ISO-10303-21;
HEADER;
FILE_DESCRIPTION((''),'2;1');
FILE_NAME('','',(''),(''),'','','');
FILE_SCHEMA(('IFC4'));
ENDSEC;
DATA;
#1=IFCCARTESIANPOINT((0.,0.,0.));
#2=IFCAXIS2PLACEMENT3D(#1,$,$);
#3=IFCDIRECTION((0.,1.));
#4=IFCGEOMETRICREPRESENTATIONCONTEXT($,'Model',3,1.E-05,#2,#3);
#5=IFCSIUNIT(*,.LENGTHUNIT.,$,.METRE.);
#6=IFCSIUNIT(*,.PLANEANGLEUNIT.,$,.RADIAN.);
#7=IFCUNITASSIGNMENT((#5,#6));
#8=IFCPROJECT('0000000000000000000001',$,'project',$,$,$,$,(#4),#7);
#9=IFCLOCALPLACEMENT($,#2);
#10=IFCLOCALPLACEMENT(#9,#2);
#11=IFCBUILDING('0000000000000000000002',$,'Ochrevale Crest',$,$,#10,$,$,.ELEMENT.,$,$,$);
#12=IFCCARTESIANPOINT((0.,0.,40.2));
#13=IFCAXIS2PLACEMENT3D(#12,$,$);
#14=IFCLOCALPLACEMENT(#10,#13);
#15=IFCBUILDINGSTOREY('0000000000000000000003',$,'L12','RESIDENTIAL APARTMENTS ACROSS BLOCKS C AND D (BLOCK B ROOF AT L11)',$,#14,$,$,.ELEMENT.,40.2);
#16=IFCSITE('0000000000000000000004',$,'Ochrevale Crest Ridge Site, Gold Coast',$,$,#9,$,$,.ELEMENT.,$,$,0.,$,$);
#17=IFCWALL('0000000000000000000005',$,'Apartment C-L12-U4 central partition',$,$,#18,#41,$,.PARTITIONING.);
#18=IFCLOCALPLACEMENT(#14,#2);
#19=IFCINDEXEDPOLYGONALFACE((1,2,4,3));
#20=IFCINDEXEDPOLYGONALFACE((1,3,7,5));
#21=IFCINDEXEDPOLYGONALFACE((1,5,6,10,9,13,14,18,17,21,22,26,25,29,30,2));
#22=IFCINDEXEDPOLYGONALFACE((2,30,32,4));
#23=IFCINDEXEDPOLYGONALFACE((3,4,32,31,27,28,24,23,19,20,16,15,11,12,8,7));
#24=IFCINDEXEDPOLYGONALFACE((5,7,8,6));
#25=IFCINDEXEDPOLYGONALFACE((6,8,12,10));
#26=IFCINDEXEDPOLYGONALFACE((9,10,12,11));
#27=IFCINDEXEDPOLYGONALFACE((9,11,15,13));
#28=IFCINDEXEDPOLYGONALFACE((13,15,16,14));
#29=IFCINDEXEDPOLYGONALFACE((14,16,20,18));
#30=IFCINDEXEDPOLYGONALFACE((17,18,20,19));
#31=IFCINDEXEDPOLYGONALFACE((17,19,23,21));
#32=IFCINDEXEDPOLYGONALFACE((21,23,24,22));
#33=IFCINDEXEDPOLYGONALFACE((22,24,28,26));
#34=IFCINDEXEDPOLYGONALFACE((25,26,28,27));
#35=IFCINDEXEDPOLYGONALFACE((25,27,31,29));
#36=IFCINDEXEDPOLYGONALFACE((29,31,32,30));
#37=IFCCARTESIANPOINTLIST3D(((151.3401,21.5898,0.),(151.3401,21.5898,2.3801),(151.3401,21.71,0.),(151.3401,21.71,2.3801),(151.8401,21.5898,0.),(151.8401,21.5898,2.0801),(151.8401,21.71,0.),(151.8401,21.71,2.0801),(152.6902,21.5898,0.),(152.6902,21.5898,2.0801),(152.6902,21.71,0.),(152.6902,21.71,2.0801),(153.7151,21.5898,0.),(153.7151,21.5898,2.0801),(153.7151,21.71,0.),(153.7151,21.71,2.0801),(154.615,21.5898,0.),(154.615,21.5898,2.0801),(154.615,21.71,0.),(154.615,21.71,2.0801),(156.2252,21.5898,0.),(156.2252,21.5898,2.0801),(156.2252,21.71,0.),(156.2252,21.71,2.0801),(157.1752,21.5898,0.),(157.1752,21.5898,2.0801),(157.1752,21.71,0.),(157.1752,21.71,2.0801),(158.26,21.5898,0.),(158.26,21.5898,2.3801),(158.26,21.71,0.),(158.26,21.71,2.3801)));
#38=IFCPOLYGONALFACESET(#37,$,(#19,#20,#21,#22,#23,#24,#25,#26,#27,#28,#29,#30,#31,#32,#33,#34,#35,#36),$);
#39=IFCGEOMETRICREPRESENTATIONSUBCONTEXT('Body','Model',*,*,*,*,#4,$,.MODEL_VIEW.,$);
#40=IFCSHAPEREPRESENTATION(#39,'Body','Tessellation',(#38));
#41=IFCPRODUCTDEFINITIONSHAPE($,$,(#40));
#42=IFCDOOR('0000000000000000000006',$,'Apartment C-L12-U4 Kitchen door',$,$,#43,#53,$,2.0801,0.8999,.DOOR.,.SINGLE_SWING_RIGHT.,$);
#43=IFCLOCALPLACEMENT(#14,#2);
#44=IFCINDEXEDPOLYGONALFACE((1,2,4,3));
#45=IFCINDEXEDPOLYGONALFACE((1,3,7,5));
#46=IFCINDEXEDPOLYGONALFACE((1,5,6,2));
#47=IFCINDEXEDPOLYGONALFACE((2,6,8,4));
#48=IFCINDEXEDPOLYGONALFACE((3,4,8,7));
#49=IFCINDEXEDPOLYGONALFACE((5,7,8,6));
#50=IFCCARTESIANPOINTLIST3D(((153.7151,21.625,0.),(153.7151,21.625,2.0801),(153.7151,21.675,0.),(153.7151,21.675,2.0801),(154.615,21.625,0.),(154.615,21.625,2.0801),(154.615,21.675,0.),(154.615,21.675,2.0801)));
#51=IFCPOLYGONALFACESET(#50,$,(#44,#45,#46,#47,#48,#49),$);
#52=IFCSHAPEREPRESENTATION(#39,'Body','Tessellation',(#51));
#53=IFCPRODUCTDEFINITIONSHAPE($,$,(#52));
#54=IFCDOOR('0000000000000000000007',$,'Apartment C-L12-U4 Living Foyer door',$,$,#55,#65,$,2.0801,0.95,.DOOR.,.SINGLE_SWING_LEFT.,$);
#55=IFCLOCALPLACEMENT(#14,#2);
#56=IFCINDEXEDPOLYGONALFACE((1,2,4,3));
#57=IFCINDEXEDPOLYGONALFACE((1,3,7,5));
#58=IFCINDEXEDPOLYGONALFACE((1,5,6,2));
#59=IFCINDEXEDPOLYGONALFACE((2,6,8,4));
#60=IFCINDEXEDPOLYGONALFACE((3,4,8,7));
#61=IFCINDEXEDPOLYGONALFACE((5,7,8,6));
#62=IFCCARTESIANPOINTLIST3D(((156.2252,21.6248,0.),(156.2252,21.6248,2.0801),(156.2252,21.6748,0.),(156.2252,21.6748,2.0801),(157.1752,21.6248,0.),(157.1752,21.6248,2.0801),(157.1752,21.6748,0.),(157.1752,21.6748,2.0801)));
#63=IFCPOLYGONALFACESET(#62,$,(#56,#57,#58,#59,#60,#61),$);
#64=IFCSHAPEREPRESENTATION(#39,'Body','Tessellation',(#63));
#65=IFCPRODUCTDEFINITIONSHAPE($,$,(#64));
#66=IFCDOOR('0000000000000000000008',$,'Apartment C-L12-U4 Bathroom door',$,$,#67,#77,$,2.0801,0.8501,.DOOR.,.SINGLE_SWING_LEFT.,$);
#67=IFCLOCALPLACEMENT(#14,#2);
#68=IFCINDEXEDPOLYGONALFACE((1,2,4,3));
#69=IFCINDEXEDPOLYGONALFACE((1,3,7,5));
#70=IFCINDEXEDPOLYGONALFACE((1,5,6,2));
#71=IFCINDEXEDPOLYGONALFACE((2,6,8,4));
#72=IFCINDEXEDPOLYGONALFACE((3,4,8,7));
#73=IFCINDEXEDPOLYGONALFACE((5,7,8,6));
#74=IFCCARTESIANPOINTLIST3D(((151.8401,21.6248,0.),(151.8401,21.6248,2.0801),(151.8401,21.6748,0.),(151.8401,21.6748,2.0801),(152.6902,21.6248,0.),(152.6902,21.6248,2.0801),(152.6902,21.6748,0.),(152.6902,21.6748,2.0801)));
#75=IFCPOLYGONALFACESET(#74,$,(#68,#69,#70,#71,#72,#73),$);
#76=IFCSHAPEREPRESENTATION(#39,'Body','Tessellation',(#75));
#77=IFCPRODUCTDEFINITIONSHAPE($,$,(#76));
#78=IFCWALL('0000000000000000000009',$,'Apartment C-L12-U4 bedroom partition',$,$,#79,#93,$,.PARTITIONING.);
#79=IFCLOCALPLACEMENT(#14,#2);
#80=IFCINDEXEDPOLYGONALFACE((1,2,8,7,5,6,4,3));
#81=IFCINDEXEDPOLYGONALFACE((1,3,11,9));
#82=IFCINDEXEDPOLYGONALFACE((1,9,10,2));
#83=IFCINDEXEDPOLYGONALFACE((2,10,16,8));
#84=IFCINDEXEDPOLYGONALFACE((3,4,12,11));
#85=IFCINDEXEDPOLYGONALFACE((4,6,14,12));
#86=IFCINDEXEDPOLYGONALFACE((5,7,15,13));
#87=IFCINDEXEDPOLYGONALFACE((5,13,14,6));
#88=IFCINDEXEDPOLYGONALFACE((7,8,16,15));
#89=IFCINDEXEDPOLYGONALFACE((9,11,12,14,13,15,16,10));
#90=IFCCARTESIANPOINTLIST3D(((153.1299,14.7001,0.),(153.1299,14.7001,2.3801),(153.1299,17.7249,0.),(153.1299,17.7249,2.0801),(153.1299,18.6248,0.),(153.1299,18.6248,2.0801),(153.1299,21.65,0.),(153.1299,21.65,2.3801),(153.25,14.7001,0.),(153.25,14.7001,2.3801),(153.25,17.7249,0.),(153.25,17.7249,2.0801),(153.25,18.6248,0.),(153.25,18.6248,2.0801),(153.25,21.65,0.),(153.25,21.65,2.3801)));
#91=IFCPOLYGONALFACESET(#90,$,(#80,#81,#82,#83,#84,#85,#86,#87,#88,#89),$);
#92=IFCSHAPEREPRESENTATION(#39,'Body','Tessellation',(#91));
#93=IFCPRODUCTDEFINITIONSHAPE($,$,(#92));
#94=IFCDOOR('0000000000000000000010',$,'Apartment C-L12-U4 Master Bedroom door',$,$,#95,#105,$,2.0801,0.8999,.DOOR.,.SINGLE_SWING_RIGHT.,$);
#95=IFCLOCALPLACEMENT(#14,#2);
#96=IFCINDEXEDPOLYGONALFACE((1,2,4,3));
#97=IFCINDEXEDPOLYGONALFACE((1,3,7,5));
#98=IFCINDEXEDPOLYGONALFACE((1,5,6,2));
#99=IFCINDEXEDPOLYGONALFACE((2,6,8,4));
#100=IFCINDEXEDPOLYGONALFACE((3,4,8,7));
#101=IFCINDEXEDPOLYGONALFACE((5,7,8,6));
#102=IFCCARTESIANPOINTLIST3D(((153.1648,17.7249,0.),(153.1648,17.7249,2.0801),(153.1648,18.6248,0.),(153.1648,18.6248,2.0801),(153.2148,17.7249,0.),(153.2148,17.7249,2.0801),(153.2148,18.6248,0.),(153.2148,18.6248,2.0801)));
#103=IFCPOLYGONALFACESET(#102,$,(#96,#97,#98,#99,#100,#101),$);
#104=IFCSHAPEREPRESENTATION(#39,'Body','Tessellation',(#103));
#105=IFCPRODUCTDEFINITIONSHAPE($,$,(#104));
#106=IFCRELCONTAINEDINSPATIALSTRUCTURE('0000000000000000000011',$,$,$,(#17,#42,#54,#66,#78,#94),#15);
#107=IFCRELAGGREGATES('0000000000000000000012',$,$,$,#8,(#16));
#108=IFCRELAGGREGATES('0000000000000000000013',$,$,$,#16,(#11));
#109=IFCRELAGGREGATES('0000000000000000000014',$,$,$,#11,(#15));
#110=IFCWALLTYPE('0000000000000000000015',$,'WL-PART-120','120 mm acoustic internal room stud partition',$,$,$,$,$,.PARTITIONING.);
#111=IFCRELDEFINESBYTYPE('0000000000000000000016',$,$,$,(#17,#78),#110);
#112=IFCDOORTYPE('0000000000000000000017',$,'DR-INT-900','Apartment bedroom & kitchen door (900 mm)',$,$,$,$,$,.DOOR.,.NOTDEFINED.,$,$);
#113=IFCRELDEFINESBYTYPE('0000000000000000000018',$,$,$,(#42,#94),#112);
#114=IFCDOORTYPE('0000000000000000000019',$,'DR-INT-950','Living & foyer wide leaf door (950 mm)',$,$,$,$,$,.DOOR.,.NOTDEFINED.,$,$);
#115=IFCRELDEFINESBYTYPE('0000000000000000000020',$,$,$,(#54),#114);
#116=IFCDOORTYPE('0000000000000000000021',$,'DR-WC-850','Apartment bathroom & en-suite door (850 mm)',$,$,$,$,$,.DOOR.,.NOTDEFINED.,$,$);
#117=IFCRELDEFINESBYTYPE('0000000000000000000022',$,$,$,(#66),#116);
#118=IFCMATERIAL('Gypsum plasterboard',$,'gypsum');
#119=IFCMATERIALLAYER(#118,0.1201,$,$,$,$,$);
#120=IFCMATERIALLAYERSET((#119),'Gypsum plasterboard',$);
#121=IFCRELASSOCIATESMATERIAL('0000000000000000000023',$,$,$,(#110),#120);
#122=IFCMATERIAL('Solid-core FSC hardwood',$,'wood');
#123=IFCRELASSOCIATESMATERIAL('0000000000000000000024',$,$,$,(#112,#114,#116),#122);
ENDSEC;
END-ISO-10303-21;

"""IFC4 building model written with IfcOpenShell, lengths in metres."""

from ifc_helpers import new_model, si_unit, direction, frame, frame_2d, origin, place, context, subcontext, project, spatial, rectangle, extrude, material, layer, layer_set, type_object, element, fill, save


model = new_model("IFC4")

# Units and contexts
model_context = context("Model", 3, precision=1e-05, world=origin(), true_north=direction((0.0, 1.0)))
body_context = subcontext(model_context, "Body", "Model", "MODEL_VIEW")
ifc_project = project(units=[si_unit("LENGTHUNIT", "METRE"), si_unit("PLANEANGLEUNIT", "RADIAN")], contexts=[model_context])

# Site, building, storey
site_placement = place(None, origin())
site = spatial("IfcSite", under=ifc_project, at=site_placement, Name="Ochrevale Crest Ridge Site, Gold Coast", CompositionType="ELEMENT", RefElevation=0.0)
building_placement = place(site_placement, origin())
building = spatial("IfcBuilding", under=site, at=building_placement, Name="Ochrevale Crest", CompositionType="ELEMENT")
storey_placement = place(building_placement, frame((0.0, 0.0, 40.2)))
storey = spatial("IfcBuildingStorey", under=building, at=storey_placement, Name="L12", Description="RESIDENTIAL APARTMENTS ACROSS BLOCKS C AND D (BLOCK B ROOF AT L11)", CompositionType="ELEMENT", Elevation=40.2)

# Shared definitions
ifc_material_1 = material(Name="Gypsum plasterboard", Category="gypsum")
ifc_material_2 = material(Name="Solid-core FSC hardwood", Category="wood")

# Shared definitions
ifc_layer_1 = layer(ifc_material_1, 0.1201)
ifc_layer_set_1 = layer_set([ifc_layer_1], Name="Gypsum plasterboard")
wall_type_1 = type_object("IfcWallType", Name="WL-PART-120", Description="120 mm acoustic internal room stud partition", PredefinedType="PARTITIONING", material=ifc_layer_set_1)

# Shared definitions
door_type_1 = type_object("IfcDoorType", Name="DR-INT-900", Description="Apartment bedroom & kitchen door (900 mm)", OperationType="NOTDEFINED", PredefinedType="DOOR", material=ifc_material_2)

# Wall, openings, doors
wall_1_placement = place(storey_placement, frame((151.3401, 21.6499, 0.0), z_axis=(0.0, 0.0, 1.0), x_axis=(1.0, 0.0, 0.0)))
wall_1 = element("IfcWall", 1, at=wall_1_placement, inside=storey, type_object=wall_type_1, Name="Apartment C-L12-U4 central partition", PredefinedType="PARTITIONING", context=body_context, shape_type="SweptSolid", body=[
    extrude(rectangle(XDim=6.9199, YDim=0.1201, at=frame_2d((3.46, 0.0))), origin(), (0.0, 0.0, 1.0), 2.3801),
])
opening_1_placement = place(wall_1_placement, frame((0.5, 0.0, 0.0)))
opening_1 = element("IfcOpeningElement", 2, at=opening_1_placement, cuts=wall_1, PredefinedType="OPENING", context=body_context, shape_type="SweptSolid", body=[
    extrude(rectangle(XDim=0.8501, YDim=2.0801, at=frame_2d((0.425, 1.04))), frame((0.0, 0.0701, 0.0), z_axis=(0.0, -1.0, 0.0), x_axis=(1.0, 0.0, 0.0)), (0.0, 0.0, 1.0), 0.1401),
])
opening_2_placement = place(wall_1_placement, frame((3.2749, 0.0, 0.0), z_axis=(0.0, 0.0, 1.0), x_axis=(-1.0, 0.0, 0.0)))
opening_2 = element("IfcOpeningElement", 3, at=opening_2_placement, cuts=wall_1, PredefinedType="OPENING", context=body_context, shape_type="SweptSolid", body=[
    extrude(rectangle(XDim=0.8999, YDim=2.0801, at=frame_2d((0.45, 1.04))), frame((0.0, 0.0701, 0.0), z_axis=(0.0, -1.0, 0.0), x_axis=(1.0, 0.0, 0.0)), (0.0, 0.0, 1.0), 0.1401),
])
opening_3_placement = place(wall_1_placement, frame((4.885, 0.0, 0.0)))
opening_3 = element("IfcOpeningElement", 4, at=opening_3_placement, cuts=wall_1, PredefinedType="OPENING", context=body_context, shape_type="SweptSolid", body=[
    extrude(rectangle(XDim=0.95, YDim=2.0801, at=frame_2d((0.4751, 1.04))), frame((0.0, 0.0701, 0.0), z_axis=(0.0, -1.0, 0.0), x_axis=(1.0, 0.0, 0.0)), (0.0, 0.0, 1.0), 0.1401),
])
door_1_placement = place(opening_2_placement, origin())
door_1 = element("IfcDoor", 5, at=door_1_placement, inside=storey, type_object=door_type_1, Name="Apartment C-L12-U4 Kitchen door", OperationType="SINGLE_SWING_RIGHT", OverallHeight=2.0801, OverallWidth=0.8999, PredefinedType="DOOR", context=body_context, shape_type="SweptSolid", body=[
    extrude(rectangle(XDim=0.8999, YDim=2.0801, at=frame_2d((0.45, 1.04))), frame((0.0, 0.0249, 0.0), z_axis=(0.0, -1.0, 0.0), x_axis=(1.0, 0.0, 0.0)), (0.0, 0.0, 1.0), 0.05),
])
fill(opening_2, door_1)
door_type_2 = type_object("IfcDoorType", Name="DR-INT-950", Description="Living & foyer wide leaf door (950 mm)", OperationType="NOTDEFINED", PredefinedType="DOOR", material=ifc_material_2)
door_2_placement = place(opening_3_placement, origin())
door_2 = element("IfcDoor", 6, at=door_2_placement, inside=storey, type_object=door_type_2, Name="Apartment C-L12-U4 Living Foyer door", OperationType="SINGLE_SWING_LEFT", OverallHeight=2.0801, OverallWidth=0.95, PredefinedType="DOOR", context=body_context, shape_type="SweptSolid", body=[
    extrude(rectangle(XDim=0.95, YDim=2.0801, at=frame_2d((0.4751, 1.04))), frame((0.0, 0.0249, 0.0), z_axis=(0.0, -1.0, 0.0), x_axis=(1.0, 0.0, 0.0)), (0.0, 0.0, 1.0), 0.05),
])
fill(opening_3, door_2)
door_type_3 = type_object("IfcDoorType", Name="DR-WC-850", Description="Apartment bathroom & en-suite door (850 mm)", OperationType="NOTDEFINED", PredefinedType="DOOR", material=ifc_material_2)
door_3_placement = place(opening_1_placement, origin())
door_3 = element("IfcDoor", 7, at=door_3_placement, inside=storey, type_object=door_type_3, Name="Apartment C-L12-U4 Bathroom door", OperationType="SINGLE_SWING_LEFT", OverallHeight=2.0801, OverallWidth=0.8501, PredefinedType="DOOR", context=body_context, shape_type="SweptSolid", body=[
    extrude(rectangle(XDim=0.8501, YDim=2.0801, at=frame_2d((0.425, 1.04))), frame((0.0, 0.0249, 0.0), z_axis=(0.0, -1.0, 0.0), x_axis=(1.0, 0.0, 0.0)), (0.0, 0.0, 1.0), 0.05),
])
fill(opening_1, door_3)

# Wall, opening, door
wall_2_placement = place(storey_placement, frame((153.1899, 14.7, 0.0), z_axis=(0.0, 0.0, 1.0), x_axis=(0.0, 1.0, 0.0)))
wall_2 = element("IfcWall", 8, at=wall_2_placement, inside=storey, type_object=wall_type_1, Name="Apartment C-L12-U4 bedroom partition", PredefinedType="PARTITIONING", context=body_context, shape_type="SweptSolid", body=[
    extrude(rectangle(XDim=6.95, YDim=0.1201, at=frame_2d((3.4751, 0.0))), origin(), (0.0, 0.0, 1.0), 2.3801),
])
opening_4_placement = place(wall_2_placement, frame((3.9248, 0.0, 0.0), z_axis=(0.0, 0.0, 1.0), x_axis=(-1.0, 0.0, 0.0)))
opening_4 = element("IfcOpeningElement", 9, at=opening_4_placement, cuts=wall_2, PredefinedType="OPENING", context=body_context, shape_type="SweptSolid", body=[
    extrude(rectangle(XDim=0.8999, YDim=2.0801, at=frame_2d((0.45, 1.04))), frame((0.0, 0.0701, 0.0), z_axis=(0.0, -1.0, 0.0), x_axis=(1.0, 0.0, 0.0)), (0.0, 0.0, 1.0), 0.1401),
])
door_4_placement = place(opening_4_placement, origin())
door_4 = element("IfcDoor", 10, at=door_4_placement, inside=storey, type_object=door_type_1, Name="Apartment C-L12-U4 Master Bedroom door", OperationType="SINGLE_SWING_RIGHT", OverallHeight=2.0801, OverallWidth=0.8999, PredefinedType="DOOR", context=body_context, shape_type="SweptSolid", body=[
    extrude(rectangle(XDim=0.8999, YDim=2.0801, at=frame_2d((0.45, 1.04))), frame((0.0, 0.0249, 0.0), z_axis=(0.0, -1.0, 0.0), x_axis=(1.0, 0.0, 0.0)), (0.0, 0.0, 1.0), 0.05),
])
fill(opening_4, door_4)

save(model, "model.ifc")
